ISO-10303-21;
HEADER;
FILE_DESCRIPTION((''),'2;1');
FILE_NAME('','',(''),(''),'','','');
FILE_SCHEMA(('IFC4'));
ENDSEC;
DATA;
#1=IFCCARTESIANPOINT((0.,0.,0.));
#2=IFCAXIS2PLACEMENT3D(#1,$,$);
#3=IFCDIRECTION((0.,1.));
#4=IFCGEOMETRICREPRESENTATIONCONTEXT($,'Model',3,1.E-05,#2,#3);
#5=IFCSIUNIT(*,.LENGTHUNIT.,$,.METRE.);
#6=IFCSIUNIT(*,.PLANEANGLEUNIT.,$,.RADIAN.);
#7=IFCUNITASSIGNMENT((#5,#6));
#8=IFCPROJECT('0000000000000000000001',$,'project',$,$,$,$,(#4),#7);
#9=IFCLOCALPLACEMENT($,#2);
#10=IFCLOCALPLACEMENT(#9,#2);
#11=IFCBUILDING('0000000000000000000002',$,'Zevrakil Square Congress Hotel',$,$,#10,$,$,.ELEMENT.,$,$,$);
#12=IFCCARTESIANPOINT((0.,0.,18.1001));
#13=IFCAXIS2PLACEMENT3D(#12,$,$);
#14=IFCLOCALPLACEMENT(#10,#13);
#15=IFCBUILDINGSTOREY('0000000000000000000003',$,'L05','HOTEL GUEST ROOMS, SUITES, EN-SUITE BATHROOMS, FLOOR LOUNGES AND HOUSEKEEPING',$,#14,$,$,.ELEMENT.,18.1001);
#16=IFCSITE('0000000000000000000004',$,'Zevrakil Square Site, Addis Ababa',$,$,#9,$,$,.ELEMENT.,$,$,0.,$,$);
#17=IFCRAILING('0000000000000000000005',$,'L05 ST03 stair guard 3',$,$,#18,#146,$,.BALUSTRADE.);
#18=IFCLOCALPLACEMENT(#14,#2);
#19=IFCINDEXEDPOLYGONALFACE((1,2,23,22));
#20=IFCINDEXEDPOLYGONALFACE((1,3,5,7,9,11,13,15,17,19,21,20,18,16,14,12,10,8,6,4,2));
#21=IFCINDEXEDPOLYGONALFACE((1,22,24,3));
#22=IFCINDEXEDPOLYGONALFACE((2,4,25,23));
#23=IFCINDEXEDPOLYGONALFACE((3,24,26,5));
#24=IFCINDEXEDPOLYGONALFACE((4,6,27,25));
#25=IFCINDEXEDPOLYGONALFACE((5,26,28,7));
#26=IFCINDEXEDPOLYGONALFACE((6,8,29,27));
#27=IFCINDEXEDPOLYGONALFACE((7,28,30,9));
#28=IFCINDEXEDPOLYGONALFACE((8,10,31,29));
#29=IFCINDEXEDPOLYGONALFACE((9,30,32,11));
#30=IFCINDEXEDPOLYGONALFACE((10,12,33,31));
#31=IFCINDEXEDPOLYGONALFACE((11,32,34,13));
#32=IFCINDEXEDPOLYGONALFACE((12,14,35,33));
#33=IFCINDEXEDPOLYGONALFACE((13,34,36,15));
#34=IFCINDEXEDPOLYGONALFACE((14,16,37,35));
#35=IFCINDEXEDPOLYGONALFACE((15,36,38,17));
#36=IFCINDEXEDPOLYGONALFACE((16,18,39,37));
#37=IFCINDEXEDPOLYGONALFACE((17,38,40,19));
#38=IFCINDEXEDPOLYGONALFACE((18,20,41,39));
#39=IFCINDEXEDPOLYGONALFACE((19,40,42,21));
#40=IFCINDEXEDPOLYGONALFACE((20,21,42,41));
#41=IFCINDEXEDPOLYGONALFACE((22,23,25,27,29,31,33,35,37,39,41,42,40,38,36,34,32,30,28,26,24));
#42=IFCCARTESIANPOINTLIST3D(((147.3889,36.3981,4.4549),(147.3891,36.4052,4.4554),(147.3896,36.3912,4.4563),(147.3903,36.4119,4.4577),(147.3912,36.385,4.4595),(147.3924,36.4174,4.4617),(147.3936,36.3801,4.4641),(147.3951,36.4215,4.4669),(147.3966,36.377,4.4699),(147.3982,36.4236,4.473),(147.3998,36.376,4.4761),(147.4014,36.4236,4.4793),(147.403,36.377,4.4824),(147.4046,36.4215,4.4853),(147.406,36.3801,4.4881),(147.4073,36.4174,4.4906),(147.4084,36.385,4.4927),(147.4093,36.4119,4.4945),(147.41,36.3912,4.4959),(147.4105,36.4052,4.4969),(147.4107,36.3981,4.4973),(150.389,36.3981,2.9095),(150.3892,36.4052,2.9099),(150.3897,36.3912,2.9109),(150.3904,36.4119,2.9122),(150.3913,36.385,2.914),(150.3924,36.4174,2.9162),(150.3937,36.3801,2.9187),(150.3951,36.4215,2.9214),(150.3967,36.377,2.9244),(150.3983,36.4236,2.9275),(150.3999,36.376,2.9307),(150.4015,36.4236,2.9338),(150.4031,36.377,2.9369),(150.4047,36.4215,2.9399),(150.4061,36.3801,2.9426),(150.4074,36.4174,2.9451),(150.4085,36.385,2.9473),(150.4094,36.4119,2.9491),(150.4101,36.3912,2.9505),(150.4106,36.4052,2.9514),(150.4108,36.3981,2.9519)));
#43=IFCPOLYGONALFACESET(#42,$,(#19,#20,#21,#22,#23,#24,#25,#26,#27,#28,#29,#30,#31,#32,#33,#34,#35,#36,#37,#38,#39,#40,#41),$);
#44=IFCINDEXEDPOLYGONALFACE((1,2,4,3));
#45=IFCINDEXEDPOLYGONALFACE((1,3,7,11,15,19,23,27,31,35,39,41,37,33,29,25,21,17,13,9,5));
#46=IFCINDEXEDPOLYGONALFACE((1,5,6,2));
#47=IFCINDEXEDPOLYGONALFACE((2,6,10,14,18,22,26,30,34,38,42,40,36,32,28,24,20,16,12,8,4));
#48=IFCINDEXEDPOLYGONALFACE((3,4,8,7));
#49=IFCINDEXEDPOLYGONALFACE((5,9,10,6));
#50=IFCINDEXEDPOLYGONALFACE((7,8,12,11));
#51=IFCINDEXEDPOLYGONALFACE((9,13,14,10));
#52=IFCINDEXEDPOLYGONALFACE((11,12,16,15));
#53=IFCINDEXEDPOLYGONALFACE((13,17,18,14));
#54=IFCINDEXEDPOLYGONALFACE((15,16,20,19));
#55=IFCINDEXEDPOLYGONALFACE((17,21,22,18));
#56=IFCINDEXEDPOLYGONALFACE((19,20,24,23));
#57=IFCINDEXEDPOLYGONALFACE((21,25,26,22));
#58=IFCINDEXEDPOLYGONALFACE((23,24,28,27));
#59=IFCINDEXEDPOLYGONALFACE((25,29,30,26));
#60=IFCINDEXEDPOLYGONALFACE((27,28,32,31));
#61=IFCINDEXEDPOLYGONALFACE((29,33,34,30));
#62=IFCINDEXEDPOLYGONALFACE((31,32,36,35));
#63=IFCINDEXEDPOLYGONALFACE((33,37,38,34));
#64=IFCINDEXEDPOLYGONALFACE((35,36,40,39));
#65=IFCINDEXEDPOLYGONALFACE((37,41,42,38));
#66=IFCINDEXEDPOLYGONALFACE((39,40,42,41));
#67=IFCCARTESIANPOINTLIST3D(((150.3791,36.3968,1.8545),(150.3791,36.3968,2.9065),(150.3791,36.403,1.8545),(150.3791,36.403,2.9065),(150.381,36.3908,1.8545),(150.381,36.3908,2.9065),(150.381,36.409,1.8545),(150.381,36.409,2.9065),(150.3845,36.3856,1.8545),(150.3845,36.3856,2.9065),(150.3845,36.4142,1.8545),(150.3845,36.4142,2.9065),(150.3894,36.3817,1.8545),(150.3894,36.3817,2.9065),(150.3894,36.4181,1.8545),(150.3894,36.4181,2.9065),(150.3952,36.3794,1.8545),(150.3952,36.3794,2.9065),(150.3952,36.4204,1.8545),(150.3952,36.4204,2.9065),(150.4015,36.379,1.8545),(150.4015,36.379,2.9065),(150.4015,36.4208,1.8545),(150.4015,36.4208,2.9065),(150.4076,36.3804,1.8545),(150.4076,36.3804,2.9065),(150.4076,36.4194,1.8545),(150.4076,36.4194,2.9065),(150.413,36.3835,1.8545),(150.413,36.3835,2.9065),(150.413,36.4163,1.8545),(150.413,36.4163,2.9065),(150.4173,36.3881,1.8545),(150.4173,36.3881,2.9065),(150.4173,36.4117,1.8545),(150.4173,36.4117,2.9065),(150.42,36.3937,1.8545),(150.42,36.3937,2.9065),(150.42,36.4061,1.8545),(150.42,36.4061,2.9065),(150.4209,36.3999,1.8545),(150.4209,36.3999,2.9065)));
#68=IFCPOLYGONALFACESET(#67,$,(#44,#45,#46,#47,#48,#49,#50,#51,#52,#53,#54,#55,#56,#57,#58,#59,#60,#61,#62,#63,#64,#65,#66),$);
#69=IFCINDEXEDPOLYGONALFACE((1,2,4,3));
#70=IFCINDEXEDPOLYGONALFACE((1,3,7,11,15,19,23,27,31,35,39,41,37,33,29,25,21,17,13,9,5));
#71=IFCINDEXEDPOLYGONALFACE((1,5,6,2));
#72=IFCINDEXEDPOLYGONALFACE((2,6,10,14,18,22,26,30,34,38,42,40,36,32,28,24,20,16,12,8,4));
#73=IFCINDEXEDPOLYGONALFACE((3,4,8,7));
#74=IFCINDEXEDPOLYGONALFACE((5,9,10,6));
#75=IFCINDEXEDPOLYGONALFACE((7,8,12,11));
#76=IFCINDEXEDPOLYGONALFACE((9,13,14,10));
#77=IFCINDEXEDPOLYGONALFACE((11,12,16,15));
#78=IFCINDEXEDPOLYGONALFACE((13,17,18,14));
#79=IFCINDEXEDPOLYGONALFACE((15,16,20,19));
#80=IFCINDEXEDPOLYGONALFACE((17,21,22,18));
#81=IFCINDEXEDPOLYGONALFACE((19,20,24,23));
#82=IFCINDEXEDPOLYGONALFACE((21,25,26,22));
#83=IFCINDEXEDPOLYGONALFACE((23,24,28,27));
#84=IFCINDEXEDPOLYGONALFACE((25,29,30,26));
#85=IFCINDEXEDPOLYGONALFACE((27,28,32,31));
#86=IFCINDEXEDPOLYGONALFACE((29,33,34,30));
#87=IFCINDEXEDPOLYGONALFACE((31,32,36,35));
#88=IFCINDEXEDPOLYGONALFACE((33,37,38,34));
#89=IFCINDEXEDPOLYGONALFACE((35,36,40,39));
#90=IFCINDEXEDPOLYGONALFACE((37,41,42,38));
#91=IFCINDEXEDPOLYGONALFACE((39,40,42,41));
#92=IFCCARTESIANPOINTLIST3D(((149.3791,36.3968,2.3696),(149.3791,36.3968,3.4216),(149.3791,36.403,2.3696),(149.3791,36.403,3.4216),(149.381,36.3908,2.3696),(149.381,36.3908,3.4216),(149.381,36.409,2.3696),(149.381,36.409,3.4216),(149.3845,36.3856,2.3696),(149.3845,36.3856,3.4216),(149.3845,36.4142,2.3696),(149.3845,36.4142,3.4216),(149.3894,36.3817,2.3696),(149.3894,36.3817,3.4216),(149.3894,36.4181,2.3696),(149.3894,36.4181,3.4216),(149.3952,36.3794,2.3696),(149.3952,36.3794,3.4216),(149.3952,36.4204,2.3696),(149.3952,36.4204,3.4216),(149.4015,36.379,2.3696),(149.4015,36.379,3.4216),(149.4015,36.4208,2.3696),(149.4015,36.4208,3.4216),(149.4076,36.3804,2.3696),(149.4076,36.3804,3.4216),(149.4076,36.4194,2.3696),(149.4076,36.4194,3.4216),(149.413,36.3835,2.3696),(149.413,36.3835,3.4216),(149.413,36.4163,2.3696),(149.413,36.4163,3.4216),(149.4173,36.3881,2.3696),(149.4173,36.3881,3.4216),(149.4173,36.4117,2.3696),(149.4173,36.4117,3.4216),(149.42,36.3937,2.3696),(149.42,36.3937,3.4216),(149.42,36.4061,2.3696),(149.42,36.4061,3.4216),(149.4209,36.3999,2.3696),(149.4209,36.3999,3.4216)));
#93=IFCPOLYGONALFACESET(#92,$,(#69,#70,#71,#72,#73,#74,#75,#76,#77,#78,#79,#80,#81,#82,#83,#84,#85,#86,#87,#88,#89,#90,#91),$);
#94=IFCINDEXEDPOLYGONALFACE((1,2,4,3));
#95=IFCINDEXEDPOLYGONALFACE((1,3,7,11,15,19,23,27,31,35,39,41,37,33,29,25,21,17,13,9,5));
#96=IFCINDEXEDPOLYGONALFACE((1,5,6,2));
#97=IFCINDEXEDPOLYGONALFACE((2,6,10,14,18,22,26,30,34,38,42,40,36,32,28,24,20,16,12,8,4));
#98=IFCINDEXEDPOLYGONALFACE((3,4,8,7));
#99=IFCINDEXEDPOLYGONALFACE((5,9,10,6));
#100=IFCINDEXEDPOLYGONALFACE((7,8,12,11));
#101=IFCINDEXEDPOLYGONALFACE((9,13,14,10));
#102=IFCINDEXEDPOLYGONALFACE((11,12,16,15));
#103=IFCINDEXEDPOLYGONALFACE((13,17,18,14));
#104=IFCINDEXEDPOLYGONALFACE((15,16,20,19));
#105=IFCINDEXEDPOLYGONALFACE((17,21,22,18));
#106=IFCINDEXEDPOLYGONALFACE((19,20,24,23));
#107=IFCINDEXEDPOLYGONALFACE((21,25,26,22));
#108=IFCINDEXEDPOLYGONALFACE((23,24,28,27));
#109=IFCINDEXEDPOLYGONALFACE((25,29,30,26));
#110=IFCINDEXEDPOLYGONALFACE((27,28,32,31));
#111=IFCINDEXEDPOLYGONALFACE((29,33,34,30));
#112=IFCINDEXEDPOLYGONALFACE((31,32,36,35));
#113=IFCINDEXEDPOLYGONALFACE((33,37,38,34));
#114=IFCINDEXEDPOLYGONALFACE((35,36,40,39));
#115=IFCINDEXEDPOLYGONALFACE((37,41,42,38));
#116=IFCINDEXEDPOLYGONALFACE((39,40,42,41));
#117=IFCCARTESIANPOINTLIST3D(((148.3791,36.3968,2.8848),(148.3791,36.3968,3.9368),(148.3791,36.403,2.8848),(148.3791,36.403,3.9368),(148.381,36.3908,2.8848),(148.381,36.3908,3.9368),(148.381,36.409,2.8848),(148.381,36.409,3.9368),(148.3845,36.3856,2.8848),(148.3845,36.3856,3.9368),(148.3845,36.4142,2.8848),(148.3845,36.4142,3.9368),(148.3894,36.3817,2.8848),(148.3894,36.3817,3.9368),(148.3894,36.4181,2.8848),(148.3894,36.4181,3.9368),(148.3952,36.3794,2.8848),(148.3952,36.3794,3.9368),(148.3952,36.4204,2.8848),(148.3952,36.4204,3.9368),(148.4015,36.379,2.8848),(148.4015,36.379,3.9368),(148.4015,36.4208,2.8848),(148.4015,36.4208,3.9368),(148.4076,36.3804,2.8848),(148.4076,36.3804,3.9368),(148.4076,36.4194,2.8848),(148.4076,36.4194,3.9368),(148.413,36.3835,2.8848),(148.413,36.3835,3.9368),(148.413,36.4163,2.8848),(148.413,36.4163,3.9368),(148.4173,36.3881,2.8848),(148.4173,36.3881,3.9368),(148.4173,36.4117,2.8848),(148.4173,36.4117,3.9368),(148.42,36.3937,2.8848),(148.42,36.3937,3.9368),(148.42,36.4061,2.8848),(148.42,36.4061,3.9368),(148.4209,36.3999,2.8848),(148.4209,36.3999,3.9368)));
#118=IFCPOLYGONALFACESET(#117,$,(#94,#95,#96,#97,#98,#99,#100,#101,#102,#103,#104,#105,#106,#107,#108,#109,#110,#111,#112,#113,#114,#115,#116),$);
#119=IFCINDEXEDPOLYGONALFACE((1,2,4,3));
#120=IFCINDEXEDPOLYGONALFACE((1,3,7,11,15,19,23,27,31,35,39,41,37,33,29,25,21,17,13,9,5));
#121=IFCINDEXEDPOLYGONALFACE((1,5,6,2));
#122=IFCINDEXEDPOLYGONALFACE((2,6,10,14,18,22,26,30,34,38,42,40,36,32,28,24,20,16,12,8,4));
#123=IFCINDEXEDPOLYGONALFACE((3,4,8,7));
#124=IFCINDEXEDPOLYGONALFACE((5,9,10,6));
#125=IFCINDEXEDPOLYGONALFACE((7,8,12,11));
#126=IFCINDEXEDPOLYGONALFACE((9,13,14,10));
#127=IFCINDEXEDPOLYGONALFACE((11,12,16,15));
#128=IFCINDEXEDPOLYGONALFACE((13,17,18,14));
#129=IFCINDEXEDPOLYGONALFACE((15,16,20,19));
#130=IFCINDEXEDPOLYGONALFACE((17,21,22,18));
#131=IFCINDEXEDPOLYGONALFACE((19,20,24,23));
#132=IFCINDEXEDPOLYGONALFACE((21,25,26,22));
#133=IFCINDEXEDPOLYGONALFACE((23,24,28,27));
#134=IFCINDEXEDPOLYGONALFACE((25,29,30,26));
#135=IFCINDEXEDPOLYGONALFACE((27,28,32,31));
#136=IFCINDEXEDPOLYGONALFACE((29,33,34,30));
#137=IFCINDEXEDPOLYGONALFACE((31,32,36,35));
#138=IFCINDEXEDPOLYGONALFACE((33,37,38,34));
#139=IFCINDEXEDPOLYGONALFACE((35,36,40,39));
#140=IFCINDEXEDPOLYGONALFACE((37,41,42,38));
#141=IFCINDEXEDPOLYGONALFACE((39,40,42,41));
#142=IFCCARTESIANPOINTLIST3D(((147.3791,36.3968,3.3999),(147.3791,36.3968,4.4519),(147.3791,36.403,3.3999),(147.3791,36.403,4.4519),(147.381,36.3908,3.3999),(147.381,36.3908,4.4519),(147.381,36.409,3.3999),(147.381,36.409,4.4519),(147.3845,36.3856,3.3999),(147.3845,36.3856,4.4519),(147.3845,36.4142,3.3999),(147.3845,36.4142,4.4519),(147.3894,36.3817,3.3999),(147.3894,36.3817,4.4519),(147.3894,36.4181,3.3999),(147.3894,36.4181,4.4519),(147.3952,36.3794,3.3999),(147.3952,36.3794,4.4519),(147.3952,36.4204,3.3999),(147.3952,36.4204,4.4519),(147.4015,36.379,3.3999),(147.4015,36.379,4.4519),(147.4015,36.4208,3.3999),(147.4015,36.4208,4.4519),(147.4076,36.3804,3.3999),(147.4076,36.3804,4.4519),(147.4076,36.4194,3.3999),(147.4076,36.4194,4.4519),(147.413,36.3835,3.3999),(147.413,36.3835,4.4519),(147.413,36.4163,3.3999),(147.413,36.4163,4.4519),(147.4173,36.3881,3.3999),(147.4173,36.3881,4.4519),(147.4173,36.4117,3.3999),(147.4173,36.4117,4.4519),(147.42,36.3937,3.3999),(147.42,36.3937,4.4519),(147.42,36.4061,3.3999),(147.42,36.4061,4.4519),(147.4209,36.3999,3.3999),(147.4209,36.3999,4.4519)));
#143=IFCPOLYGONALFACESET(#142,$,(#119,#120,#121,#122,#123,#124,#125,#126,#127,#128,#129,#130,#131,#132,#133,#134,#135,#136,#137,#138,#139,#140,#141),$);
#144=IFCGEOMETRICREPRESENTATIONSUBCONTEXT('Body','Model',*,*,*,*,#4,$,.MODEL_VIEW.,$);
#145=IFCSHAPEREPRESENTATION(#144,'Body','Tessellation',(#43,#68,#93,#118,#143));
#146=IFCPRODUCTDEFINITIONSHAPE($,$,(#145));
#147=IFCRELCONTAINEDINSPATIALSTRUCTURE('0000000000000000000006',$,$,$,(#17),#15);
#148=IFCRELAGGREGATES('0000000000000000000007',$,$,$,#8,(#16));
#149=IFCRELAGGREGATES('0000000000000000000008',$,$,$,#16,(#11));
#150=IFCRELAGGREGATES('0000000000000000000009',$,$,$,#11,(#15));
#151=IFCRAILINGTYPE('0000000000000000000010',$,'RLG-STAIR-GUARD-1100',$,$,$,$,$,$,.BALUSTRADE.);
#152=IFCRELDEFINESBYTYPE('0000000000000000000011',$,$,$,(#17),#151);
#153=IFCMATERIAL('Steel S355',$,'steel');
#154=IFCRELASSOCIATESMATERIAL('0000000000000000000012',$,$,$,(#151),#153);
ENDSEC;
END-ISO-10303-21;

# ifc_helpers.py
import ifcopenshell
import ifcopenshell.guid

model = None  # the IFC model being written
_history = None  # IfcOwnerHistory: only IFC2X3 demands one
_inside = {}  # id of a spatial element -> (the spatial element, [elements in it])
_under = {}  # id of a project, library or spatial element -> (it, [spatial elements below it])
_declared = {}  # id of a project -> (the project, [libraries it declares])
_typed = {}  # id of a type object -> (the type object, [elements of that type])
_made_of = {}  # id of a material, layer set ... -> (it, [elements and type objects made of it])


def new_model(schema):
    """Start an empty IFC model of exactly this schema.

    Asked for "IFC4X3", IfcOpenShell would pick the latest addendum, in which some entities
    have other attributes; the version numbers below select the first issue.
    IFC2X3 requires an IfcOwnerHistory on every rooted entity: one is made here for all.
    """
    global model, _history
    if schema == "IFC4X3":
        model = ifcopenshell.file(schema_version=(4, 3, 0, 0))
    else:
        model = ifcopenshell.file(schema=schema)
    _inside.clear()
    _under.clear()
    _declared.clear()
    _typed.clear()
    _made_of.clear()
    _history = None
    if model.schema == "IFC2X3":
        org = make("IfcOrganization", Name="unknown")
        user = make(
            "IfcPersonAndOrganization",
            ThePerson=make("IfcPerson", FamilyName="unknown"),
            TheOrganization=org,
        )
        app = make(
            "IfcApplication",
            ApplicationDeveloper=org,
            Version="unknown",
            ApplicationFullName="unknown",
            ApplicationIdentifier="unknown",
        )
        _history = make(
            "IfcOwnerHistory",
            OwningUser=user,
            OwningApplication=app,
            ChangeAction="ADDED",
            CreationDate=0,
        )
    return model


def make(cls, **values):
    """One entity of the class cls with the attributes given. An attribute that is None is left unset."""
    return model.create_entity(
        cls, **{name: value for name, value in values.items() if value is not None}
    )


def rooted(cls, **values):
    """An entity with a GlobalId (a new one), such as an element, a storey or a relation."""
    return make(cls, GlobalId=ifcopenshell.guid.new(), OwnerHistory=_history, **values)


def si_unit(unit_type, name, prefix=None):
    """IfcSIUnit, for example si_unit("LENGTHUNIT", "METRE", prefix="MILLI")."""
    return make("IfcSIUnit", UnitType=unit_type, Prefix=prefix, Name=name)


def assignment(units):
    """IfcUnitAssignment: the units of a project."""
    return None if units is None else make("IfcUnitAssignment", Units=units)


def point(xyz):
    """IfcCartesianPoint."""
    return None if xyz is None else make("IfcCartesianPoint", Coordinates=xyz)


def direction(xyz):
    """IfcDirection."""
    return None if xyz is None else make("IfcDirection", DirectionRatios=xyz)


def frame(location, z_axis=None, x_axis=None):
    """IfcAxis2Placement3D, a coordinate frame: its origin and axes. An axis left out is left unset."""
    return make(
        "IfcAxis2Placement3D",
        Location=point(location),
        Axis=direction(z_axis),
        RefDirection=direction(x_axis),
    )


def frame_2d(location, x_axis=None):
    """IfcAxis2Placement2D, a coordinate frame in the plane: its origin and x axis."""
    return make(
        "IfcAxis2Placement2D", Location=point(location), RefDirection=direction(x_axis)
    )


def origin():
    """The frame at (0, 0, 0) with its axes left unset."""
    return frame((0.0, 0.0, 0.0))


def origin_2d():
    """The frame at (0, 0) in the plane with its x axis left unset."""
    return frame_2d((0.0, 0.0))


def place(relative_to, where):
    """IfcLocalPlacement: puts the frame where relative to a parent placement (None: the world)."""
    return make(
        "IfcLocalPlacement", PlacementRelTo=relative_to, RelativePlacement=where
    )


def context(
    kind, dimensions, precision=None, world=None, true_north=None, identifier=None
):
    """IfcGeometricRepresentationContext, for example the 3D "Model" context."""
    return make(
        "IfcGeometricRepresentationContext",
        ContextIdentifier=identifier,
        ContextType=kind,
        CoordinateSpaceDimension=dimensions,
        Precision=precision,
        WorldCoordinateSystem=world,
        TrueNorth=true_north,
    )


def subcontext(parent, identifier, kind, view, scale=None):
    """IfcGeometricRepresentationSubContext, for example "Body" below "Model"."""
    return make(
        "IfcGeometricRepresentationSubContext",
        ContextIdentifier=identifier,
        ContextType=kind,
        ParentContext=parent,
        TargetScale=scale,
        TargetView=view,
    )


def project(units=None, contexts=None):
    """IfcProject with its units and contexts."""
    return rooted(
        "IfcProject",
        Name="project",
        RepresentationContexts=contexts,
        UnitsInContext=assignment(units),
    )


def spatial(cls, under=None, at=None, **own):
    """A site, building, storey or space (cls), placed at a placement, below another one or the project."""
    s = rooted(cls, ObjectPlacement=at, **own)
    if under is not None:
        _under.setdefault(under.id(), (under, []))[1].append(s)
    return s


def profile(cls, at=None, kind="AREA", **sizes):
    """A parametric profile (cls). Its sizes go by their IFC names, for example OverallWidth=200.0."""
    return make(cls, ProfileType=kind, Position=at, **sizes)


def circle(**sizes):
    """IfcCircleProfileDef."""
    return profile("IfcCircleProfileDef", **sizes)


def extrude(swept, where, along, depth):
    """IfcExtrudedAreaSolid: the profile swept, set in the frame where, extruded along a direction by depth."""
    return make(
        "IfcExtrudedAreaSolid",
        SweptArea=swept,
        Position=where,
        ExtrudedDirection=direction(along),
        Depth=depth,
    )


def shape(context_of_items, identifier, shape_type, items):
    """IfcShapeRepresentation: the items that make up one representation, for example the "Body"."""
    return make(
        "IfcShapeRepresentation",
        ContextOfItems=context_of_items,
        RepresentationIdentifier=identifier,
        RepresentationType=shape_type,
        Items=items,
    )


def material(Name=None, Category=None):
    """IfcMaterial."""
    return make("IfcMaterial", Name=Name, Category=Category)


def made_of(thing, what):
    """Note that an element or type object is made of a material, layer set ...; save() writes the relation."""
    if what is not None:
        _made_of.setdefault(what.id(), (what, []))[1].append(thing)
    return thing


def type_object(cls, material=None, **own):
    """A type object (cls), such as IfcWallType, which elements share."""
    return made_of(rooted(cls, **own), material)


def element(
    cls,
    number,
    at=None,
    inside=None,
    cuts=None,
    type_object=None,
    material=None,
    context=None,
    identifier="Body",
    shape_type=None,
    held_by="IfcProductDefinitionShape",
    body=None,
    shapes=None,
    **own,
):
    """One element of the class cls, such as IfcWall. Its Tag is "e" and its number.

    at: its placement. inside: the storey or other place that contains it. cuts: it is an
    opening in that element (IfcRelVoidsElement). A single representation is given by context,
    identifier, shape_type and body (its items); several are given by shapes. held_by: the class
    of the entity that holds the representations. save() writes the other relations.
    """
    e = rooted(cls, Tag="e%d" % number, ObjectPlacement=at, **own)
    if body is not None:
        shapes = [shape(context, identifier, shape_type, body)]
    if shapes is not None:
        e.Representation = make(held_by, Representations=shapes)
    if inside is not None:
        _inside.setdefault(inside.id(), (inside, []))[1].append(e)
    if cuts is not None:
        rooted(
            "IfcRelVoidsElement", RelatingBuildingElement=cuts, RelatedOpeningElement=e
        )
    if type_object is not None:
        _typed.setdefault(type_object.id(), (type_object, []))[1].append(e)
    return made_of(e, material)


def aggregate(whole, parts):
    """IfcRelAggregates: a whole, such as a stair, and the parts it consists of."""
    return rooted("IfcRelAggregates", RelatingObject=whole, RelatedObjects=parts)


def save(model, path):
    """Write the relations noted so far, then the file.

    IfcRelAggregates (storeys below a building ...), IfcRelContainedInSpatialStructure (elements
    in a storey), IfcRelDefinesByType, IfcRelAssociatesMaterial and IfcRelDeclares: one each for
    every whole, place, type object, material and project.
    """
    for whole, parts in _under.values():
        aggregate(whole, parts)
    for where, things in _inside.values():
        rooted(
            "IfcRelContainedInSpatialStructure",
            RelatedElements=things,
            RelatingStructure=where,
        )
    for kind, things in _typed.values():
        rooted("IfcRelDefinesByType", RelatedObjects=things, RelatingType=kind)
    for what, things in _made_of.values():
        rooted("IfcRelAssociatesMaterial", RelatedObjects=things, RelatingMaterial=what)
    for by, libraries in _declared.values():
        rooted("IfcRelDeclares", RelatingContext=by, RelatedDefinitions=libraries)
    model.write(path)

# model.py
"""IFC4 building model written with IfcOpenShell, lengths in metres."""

from ifc_helpers import new_model, si_unit, direction, frame, origin, origin_2d, place, context, subcontext, project, spatial, circle, extrude, material, type_object, element, save


model = new_model("IFC4")

# Units and contexts
model_context = context("Model", 3, precision=1e-05, world=origin(), true_north=direction((0.0, 1.0)))
body_context = subcontext(model_context, "Body", "Model", "MODEL_VIEW")
ifc_project = project(units=[si_unit("LENGTHUNIT", "METRE"), si_unit("PLANEANGLEUNIT", "RADIAN")], contexts=[model_context])

# Site, building, storey
site_placement = place(None, origin())
site = spatial("IfcSite", under=ifc_project, at=site_placement, Name="Zevrakil Square Site, Addis Ababa", CompositionType="ELEMENT", RefElevation=0.0)
building_placement = place(site_placement, origin())
building = spatial("IfcBuilding", under=site, at=building_placement, Name="Zevrakil Square Congress Hotel", CompositionType="ELEMENT")
storey_placement = place(building_placement, frame((0.0, 0.0, 18.1001)))
storey = spatial("IfcBuildingStorey", under=building, at=storey_placement, Name="L05", Description="HOTEL GUEST ROOMS, SUITES, EN-SUITE BATHROOMS, FLOOR LOUNGES AND HOUSEKEEPING", CompositionType="ELEMENT", Elevation=18.1001)

# Railing
ifc_material_1 = material(Name="Steel S355", Category="steel")
railing_type_1 = type_object("IfcRailingType", Name="RLG-STAIR-GUARD-1100", PredefinedType="BALUSTRADE", material=ifc_material_1)
railing_1_placement = place(storey_placement, frame((150.3999, 36.3999, 1.8545)))
element("IfcRailing", 1, at=railing_1_placement, inside=storey, type_object=railing_type_1, Name="L05 ST03 stair guard 3", PredefinedType="BALUSTRADE", context=body_context, shape_type="SweptSolid", body=[
    extrude(circle(Radius=0.0239, at=origin_2d()), frame((0.0, 0.0, 1.0762), z_axis=(-0.88898, 0.0, 0.457946), x_axis=(0.0, -1.0, 0.0)), (0.0, 0.0, 1.0), 3.3748),
    extrude(circle(Radius=0.021, at=origin_2d()), origin(), (0.0, 0.0, 1.0), 1.052),
    extrude(circle(Radius=0.021, at=origin_2d()), frame((-1.0, 0.0, 0.5151)), (0.0, 0.0, 1.0), 1.052),
    extrude(circle(Radius=0.021, at=origin_2d()), frame((-2.0, 0.0, 1.0303)), (0.0, 0.0, 1.0), 1.052),
    extrude(circle(Radius=0.021, at=origin_2d()), frame((-3.0, 0.0, 1.5454)), (0.0, 0.0, 1.0), 1.052),
])

save(model, "model.ifc")
